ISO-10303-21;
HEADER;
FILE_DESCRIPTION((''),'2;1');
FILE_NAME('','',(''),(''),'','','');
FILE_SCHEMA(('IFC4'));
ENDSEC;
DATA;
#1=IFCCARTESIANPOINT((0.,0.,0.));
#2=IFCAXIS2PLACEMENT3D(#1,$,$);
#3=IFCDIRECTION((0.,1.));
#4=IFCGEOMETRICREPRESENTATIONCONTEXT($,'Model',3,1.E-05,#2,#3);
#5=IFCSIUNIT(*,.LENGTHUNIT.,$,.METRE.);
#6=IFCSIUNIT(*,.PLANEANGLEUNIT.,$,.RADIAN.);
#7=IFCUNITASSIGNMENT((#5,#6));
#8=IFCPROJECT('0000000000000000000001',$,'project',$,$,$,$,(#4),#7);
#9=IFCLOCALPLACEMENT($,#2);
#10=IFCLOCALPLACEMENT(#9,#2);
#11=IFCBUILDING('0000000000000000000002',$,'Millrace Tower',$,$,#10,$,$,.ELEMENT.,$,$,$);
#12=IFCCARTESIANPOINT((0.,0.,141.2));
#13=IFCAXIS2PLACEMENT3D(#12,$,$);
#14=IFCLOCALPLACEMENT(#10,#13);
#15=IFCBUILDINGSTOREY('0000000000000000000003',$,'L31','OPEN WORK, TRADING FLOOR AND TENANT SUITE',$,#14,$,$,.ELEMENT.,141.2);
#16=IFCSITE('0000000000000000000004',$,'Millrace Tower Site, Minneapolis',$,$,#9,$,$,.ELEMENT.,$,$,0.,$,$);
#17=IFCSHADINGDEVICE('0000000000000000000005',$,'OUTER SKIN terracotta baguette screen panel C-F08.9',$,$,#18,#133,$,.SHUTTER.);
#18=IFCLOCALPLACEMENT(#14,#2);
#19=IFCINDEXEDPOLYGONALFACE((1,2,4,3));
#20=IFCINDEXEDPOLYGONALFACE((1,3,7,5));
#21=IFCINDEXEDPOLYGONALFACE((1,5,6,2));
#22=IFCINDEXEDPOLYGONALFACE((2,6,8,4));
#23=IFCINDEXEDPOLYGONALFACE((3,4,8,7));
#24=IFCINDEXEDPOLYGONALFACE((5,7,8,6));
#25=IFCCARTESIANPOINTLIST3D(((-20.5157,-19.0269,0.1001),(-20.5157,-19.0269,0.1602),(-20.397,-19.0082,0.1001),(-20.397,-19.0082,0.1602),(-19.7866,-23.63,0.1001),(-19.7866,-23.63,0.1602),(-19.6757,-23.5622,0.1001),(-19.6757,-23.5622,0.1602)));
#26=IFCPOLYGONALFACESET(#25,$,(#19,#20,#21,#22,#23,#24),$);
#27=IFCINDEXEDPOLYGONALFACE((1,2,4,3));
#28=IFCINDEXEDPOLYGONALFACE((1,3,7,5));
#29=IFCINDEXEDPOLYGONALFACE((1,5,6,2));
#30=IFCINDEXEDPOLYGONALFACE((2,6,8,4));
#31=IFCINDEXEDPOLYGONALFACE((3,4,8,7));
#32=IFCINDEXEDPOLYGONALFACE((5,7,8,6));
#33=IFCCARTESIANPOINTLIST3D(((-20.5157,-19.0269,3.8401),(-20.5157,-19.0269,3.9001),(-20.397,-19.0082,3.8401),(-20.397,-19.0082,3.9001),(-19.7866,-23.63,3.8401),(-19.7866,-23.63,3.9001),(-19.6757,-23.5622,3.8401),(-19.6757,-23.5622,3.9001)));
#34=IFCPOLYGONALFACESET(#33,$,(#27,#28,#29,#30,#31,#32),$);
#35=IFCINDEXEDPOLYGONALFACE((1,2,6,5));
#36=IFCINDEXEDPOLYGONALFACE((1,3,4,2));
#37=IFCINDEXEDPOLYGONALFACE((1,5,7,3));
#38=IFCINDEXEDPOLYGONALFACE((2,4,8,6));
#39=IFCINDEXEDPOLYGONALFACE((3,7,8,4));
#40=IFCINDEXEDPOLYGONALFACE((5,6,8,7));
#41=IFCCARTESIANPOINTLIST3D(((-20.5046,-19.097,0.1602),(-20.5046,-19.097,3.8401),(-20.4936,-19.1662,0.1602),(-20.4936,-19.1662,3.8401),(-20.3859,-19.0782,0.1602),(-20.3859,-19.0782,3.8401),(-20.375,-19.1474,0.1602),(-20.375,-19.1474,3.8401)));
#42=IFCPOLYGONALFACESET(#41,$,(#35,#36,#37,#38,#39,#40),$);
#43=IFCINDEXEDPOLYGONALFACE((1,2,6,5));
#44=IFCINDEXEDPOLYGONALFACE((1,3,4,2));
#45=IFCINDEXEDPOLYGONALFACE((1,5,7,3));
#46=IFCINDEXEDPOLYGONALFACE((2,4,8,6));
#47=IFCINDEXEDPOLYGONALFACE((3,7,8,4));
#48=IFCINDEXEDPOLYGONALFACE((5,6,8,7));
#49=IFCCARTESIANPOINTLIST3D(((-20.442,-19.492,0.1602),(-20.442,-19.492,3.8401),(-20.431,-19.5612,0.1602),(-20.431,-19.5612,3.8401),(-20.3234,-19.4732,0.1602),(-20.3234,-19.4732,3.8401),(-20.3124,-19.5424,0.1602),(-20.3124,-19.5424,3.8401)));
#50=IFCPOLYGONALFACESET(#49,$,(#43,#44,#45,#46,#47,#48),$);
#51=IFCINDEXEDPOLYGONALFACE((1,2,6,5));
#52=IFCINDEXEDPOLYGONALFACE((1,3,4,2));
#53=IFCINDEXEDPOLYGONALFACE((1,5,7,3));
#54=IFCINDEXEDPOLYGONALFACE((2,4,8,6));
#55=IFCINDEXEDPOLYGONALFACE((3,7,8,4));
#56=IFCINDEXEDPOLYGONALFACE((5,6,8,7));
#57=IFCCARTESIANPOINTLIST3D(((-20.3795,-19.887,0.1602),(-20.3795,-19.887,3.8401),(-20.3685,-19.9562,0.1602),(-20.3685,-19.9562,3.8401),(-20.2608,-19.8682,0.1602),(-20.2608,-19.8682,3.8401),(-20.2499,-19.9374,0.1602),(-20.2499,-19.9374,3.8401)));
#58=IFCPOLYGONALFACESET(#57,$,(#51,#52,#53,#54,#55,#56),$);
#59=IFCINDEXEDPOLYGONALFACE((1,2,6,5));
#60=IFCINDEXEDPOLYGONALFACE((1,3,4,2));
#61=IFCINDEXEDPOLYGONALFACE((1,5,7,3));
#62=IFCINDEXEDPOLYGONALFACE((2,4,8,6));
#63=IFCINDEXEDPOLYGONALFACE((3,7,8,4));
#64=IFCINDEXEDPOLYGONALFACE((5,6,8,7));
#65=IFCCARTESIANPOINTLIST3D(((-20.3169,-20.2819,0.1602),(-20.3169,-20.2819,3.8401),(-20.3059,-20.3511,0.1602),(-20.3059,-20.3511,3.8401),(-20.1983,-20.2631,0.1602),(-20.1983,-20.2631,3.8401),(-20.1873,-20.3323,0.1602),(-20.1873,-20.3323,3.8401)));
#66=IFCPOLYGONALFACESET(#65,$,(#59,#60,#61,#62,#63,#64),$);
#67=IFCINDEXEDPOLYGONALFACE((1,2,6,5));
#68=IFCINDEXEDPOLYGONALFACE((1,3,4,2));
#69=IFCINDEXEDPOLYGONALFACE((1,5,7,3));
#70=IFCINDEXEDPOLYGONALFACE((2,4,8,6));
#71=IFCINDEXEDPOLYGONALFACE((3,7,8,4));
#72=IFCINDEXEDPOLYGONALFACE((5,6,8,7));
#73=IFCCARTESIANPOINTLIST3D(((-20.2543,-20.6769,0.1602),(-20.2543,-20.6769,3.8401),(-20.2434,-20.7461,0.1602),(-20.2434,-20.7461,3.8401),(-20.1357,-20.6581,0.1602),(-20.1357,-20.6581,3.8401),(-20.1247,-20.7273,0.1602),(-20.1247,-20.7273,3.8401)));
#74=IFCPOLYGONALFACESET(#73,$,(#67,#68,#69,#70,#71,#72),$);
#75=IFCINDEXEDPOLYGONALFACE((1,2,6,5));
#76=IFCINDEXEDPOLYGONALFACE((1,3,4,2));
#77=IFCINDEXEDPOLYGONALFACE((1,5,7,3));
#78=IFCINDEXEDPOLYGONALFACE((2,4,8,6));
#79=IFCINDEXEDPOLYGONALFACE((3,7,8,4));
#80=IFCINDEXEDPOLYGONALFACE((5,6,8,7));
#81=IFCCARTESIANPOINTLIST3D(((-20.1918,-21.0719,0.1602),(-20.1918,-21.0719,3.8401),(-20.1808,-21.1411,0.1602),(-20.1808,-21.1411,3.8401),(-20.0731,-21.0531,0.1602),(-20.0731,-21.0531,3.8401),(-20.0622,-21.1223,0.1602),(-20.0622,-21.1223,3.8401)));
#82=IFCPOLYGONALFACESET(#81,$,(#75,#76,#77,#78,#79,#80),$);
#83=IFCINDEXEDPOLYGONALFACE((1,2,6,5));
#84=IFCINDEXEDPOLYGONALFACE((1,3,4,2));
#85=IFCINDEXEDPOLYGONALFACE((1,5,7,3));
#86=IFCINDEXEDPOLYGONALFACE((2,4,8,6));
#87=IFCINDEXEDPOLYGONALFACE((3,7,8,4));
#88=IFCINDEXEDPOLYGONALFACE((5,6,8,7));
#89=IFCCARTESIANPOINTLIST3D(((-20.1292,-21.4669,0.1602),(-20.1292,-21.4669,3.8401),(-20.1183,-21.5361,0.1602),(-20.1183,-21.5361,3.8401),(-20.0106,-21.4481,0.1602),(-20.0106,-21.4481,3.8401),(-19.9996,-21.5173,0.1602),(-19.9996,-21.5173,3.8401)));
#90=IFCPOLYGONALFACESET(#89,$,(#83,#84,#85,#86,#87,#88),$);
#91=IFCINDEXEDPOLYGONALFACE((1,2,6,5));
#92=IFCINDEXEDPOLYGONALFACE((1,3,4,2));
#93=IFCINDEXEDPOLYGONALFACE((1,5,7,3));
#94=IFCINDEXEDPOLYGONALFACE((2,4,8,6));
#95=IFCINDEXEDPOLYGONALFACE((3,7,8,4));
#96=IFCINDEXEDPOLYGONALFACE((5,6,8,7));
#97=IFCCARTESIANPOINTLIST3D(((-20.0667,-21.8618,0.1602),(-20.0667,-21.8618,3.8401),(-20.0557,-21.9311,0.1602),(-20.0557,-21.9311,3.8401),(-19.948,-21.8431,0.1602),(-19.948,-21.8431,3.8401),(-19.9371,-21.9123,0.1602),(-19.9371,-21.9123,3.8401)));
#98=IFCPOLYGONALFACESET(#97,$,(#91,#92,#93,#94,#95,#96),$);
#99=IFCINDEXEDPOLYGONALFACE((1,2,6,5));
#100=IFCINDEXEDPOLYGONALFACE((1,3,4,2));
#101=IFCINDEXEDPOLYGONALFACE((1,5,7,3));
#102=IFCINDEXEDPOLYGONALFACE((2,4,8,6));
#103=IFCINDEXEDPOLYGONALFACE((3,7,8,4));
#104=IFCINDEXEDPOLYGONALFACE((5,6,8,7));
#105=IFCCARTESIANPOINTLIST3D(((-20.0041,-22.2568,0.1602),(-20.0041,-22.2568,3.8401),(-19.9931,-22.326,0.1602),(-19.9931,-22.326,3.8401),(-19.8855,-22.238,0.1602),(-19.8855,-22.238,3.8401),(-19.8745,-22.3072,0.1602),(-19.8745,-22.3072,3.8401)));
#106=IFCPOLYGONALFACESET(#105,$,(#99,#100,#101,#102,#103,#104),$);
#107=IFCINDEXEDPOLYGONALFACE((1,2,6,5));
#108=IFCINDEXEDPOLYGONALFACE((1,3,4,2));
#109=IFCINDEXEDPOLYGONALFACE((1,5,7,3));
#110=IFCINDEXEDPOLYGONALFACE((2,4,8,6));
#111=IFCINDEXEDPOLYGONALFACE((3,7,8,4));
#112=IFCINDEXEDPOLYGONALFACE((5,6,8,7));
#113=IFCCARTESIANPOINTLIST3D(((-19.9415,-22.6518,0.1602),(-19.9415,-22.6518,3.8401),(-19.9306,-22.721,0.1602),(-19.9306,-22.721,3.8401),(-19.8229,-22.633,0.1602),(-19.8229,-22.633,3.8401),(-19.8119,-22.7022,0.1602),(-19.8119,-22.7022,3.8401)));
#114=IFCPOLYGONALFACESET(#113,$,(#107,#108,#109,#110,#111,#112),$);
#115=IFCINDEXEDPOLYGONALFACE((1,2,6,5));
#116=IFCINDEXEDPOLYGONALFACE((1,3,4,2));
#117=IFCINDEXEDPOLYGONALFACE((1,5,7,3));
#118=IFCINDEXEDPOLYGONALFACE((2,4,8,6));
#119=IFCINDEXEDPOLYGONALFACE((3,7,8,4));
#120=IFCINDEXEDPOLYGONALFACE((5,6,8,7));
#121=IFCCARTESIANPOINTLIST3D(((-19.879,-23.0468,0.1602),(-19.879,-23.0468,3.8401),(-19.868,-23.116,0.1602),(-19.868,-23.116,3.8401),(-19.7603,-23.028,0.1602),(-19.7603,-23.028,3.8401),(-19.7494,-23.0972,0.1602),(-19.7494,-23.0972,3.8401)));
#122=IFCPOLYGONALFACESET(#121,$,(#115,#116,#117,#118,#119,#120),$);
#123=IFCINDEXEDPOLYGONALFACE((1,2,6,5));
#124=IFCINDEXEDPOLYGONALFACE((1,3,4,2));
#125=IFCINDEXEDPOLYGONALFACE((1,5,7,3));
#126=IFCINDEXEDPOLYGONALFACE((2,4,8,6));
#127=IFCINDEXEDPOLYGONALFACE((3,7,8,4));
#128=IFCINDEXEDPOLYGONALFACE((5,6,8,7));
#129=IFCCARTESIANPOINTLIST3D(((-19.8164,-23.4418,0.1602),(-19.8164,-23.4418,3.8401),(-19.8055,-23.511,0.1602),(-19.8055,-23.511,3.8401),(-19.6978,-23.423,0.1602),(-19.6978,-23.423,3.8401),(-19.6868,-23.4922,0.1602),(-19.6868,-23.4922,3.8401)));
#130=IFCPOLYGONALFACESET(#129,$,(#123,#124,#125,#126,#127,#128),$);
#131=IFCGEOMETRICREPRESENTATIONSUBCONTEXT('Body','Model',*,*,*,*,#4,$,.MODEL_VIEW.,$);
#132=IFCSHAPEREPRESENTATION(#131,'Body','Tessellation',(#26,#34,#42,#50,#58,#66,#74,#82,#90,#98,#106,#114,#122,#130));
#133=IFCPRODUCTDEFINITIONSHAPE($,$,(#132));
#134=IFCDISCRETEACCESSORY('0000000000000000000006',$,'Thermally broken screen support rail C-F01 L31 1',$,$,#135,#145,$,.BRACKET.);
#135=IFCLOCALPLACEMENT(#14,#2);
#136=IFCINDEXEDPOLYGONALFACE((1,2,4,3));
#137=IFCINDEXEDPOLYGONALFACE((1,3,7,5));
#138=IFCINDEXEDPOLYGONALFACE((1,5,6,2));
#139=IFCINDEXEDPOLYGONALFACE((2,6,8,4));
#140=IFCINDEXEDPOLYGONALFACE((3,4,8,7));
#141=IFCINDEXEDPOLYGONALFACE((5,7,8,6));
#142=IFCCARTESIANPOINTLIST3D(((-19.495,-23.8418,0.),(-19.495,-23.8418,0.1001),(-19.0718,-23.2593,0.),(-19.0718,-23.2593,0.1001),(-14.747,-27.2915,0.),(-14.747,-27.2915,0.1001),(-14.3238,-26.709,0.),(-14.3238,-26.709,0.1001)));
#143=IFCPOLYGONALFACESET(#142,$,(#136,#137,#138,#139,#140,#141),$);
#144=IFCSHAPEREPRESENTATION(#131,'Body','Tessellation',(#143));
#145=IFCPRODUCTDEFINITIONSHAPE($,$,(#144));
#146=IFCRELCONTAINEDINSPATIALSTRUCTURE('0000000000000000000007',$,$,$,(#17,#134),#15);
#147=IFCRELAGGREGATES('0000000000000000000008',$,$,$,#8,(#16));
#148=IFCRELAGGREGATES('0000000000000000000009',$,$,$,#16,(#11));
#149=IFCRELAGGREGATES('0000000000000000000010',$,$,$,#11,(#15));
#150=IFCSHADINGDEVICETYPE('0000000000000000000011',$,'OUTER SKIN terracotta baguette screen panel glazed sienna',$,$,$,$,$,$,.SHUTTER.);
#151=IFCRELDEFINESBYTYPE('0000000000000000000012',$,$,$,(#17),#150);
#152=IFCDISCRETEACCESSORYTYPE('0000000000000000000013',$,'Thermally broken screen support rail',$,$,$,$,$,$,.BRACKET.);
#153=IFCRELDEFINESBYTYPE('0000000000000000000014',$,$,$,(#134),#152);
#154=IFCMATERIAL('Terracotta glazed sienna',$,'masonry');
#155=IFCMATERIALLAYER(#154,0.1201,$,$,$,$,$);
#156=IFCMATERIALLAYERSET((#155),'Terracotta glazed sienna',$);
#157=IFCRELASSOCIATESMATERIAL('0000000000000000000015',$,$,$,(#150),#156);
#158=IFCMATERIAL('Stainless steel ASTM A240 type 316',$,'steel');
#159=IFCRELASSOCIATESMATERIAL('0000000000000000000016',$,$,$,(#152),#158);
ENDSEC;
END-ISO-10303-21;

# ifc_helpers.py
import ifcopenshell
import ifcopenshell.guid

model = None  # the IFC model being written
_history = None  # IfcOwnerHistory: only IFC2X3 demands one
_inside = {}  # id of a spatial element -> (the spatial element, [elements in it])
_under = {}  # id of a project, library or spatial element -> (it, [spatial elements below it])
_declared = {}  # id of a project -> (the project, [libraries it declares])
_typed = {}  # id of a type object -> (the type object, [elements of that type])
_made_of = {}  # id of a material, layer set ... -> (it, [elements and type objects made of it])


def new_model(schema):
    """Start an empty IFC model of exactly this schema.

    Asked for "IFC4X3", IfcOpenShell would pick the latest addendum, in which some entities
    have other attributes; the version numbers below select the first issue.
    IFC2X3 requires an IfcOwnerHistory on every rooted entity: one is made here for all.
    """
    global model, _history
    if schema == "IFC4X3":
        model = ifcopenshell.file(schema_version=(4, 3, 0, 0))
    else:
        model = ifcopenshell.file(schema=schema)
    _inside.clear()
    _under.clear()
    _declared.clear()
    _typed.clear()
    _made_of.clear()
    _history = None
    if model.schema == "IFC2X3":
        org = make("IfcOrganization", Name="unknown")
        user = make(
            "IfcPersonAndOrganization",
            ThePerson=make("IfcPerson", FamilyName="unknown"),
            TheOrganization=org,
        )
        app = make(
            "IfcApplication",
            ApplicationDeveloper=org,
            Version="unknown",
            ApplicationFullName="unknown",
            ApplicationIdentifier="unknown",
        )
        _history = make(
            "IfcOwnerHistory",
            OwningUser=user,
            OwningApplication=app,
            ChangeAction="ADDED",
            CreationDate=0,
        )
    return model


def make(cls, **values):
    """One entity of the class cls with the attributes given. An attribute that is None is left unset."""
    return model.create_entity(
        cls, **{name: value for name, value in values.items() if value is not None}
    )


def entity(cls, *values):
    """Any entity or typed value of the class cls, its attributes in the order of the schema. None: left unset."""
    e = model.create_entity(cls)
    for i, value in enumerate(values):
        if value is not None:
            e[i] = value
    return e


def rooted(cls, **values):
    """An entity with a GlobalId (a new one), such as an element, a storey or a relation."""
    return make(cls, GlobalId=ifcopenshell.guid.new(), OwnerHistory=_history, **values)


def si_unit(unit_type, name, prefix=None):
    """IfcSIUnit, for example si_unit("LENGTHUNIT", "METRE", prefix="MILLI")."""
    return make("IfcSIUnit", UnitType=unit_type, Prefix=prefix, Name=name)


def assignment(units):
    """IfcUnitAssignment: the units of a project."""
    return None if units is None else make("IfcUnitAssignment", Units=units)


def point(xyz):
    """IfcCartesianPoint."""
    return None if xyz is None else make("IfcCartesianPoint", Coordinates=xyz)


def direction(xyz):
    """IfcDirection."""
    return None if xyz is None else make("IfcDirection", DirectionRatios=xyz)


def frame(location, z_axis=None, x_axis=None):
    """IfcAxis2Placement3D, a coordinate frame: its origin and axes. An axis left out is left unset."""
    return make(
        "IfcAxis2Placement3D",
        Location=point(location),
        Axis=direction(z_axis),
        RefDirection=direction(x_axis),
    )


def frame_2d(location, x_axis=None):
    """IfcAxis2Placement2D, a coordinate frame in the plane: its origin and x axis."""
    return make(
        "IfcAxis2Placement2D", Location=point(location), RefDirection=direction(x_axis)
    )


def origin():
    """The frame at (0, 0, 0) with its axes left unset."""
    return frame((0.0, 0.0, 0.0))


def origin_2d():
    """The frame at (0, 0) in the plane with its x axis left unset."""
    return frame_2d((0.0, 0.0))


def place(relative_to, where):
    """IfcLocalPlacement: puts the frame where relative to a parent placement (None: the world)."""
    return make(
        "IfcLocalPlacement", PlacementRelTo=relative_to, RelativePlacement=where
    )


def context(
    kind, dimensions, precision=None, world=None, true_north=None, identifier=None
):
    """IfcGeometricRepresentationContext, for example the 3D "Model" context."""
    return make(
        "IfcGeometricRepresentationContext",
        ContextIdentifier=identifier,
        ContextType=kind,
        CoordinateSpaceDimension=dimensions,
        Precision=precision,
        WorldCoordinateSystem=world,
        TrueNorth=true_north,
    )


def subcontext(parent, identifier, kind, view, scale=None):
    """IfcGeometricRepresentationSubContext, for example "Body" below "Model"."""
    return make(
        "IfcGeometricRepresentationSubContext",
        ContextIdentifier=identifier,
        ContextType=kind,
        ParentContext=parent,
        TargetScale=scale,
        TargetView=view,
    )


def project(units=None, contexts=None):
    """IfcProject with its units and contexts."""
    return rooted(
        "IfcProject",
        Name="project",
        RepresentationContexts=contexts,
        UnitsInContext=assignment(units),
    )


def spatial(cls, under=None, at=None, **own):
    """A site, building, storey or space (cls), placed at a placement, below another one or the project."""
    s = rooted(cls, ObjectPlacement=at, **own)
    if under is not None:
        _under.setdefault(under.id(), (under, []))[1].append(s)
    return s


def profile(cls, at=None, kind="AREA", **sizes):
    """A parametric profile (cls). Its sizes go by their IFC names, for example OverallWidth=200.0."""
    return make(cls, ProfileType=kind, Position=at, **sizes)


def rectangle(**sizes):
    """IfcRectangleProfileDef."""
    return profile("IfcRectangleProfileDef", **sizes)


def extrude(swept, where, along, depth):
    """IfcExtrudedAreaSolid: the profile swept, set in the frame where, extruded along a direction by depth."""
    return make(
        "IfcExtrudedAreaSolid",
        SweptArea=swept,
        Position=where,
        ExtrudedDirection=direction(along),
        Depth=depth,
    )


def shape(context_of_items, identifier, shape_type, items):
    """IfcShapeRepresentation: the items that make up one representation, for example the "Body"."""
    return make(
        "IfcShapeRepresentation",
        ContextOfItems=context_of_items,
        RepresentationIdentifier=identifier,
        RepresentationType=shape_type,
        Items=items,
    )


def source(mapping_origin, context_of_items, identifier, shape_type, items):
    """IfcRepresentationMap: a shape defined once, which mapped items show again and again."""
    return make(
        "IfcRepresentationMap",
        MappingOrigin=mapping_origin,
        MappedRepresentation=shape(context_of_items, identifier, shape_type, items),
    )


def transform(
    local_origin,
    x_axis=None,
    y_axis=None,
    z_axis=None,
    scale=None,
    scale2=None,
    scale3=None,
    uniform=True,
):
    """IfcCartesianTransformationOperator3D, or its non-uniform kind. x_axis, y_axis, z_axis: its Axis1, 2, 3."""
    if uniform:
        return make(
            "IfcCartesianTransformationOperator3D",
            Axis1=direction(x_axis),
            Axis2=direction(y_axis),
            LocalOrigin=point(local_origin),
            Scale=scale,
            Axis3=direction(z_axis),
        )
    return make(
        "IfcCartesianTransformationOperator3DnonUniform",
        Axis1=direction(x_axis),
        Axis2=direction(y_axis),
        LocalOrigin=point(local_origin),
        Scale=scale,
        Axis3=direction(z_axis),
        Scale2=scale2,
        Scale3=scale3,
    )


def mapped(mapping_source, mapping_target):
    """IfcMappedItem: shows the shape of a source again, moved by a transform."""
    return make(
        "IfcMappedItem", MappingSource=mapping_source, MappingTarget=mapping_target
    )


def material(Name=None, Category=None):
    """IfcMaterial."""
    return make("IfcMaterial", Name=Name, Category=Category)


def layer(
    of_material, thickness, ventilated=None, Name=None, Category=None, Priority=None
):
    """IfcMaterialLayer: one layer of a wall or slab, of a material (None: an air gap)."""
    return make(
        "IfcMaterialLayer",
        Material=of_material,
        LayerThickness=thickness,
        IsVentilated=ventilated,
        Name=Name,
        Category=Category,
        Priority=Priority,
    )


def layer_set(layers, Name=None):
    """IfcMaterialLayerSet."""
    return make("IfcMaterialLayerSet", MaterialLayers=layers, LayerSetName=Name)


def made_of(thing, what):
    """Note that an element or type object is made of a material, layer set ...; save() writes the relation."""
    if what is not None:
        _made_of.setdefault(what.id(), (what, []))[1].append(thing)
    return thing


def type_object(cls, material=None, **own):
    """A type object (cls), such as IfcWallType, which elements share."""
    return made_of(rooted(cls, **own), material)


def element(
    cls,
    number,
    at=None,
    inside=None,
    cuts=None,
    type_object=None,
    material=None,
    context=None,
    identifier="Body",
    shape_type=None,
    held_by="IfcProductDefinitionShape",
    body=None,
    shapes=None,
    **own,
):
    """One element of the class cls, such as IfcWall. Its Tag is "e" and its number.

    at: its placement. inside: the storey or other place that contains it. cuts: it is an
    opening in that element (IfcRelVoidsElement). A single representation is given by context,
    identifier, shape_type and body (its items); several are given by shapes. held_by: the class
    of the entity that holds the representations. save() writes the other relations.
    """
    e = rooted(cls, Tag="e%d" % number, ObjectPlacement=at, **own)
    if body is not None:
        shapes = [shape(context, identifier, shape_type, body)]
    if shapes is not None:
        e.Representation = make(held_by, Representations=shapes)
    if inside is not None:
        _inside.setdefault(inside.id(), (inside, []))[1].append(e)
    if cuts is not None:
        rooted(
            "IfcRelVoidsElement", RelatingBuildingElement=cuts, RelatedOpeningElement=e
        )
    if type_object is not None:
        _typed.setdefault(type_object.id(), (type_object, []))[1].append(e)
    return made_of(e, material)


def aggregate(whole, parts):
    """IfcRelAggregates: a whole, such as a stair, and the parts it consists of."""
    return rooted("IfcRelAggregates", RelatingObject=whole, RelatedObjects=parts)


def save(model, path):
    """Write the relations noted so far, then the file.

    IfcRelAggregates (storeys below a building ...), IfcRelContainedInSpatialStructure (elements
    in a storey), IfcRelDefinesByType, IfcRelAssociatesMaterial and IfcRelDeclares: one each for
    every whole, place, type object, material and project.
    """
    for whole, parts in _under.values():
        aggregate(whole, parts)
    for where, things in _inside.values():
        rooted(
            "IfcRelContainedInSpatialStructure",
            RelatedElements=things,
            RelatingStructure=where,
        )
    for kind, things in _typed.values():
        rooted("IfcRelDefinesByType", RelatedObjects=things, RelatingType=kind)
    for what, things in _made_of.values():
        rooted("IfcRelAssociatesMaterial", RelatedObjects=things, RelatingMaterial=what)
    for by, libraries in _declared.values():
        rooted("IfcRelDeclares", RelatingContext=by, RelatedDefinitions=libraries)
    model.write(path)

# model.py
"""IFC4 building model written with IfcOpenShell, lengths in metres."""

from ifc_helpers import new_model, entity, si_unit, direction, frame, frame_2d, origin, origin_2d, place, context, subcontext, project, spatial, rectangle, extrude, source, transform, mapped, material, layer, layer_set, type_object, element, save


model = new_model("IFC4")

# Units and contexts
model_context = context("Model", 3, precision=1e-05, world=origin(), true_north=direction((0.0, 1.0)))
body_context = subcontext(model_context, "Body", "Model", "MODEL_VIEW")
ifc_project = project(units=[si_unit("LENGTHUNIT", "METRE"), si_unit("PLANEANGLEUNIT", "RADIAN")], contexts=[model_context])

# Site, building, storey
site_placement = place(None, origin())
site = spatial("IfcSite", under=ifc_project, at=site_placement, Name="Millrace Tower Site, Minneapolis", CompositionType="ELEMENT", RefElevation=0.0)
building_placement = place(site_placement, origin())
building = spatial("IfcBuilding", under=site, at=building_placement, Name="Millrace Tower", CompositionType="ELEMENT")
storey_placement = place(building_placement, frame((0.0, 0.0, 141.2)))
storey = spatial("IfcBuildingStorey", under=building, at=storey_placement, Name="L31", Description="OPEN WORK, TRADING FLOOR AND TENANT SUITE", CompositionType="ELEMENT", Elevation=141.2)

# Shading device
ifc_material_1 = material(Name="Terracotta glazed sienna", Category="masonry")
ifc_layer_1 = layer(ifc_material_1, 0.1201)
ifc_layer_set_1 = layer_set([ifc_layer_1], Name="Terracotta glazed sienna")
shading_device_type = type_object("IfcShadingDeviceType", Name="OUTER SKIN terracotta baguette screen panel glazed sienna", PredefinedType="SHUTTER", material=ifc_layer_set_1)
cartesian_point_1 = entity("IfcCartesianPoint", [-2.3179, 0.0601])
shared_polyline_1 = entity("IfcPolyline", [cartesian_point_1, entity("IfcCartesianPoint", [2.293, 0.0601]), entity("IfcCartesianPoint", [2.3425, -0.0601]), entity("IfcCartesianPoint", [-2.3179, -0.0601]), cartesian_point_1])
shared_shape_1 = source(origin(), body_context, "Body", "SweptSolid", [
    entity("IfcExtrudedAreaSolid", entity("IfcArbitraryClosedProfileDef", "AREA", None, shared_polyline_1), entity("IfcAxis2Placement3D", entity("IfcCartesianPoint", [0.0, 0.0, 0.0])), entity("IfcDirection", [0.0, 0.0, 1.0]), 0.0601),
    entity("IfcExtrudedAreaSolid", entity("IfcArbitraryClosedProfileDef", "AREA", None, shared_polyline_1), entity("IfcAxis2Placement3D", entity("IfcCartesianPoint", [0.0, 0.0, 3.74])), entity("IfcDirection", [0.0, 0.0, 1.0]), 0.0601),
    extrude(rectangle(XDim=0.0701, YDim=0.1201, at=frame_2d((-2.2119, 0.0))), frame((0.0, 0.0, 0.0601)), (0.0, 0.0, 1.0), 3.6799),
    extrude(rectangle(XDim=0.0701, YDim=0.1201, at=frame_2d((-1.812, 0.0))), frame((0.0, 0.0, 0.0601)), (0.0, 0.0, 1.0), 3.6799),
    extrude(rectangle(XDim=0.0701, YDim=0.1201, at=frame_2d((-1.4121, 0.0))), frame((0.0, 0.0, 0.0601)), (0.0, 0.0, 1.0), 3.6799),
    extrude(rectangle(XDim=0.0701, YDim=0.1201, at=frame_2d((-1.0122, 0.0))), frame((0.0, 0.0, 0.0601)), (0.0, 0.0, 1.0), 3.6799),
    extrude(rectangle(XDim=0.0701, YDim=0.1201, at=frame_2d((-0.6123, 0.0))), frame((0.0, 0.0, 0.0601)), (0.0, 0.0, 1.0), 3.6799),
    extrude(rectangle(XDim=0.0701, YDim=0.1201, at=frame_2d((-0.2124, 0.0))), frame((0.0, 0.0, 0.0601)), (0.0, 0.0, 1.0), 3.6799),
    extrude(rectangle(XDim=0.0701, YDim=0.1201, at=frame_2d((0.1875, 0.0))), frame((0.0, 0.0, 0.0601)), (0.0, 0.0, 1.0), 3.6799),
    extrude(rectangle(XDim=0.0701, YDim=0.1201, at=frame_2d((0.5874, 0.0))), frame((0.0, 0.0, 0.0601)), (0.0, 0.0, 1.0), 3.6799),
    extrude(rectangle(XDim=0.0701, YDim=0.1201, at=frame_2d((0.9873, 0.0))), frame((0.0, 0.0, 0.0601)), (0.0, 0.0, 1.0), 3.6799),
    extrude(rectangle(XDim=0.0701, YDim=0.1201, at=frame_2d((1.3872, 0.0))), frame((0.0, 0.0, 0.0601)), (0.0, 0.0, 1.0), 3.6799),
    extrude(rectangle(XDim=0.0701, YDim=0.1201, at=frame_2d((1.7871, 0.0))), frame((0.0, 0.0, 0.0601)), (0.0, 0.0, 1.0), 3.6799),
    extrude(rectangle(XDim=0.0701, YDim=0.1201, at=frame_2d((2.187, 0.0))), frame((0.0, 0.0, 0.0601)), (0.0, 0.0, 1.0), 3.6799),
])
shading_device_1_placement = place(storey_placement, frame((-20.0938, -21.3069, 0.1001), z_axis=(0.0, 0.0, 1.0), x_axis=(0.156434, -0.987688, 0.0)))
element("IfcShadingDevice", 1, at=shading_device_1_placement, inside=storey, type_object=shading_device_type, Name="OUTER SKIN terracotta baguette screen panel C-F08.9", PredefinedType="SHUTTER", context=body_context, shape_type="MappedRepresentation", body=[
    mapped(shared_shape_1, transform((0.0, 0.0, 0.0), scale=1.0)),
])

# Discrete accessory
ifc_material_2 = material(Name="Stainless steel ASTM A240 type 316", Category="steel")
discrete_accessory_type = type_object("IfcDiscreteAccessoryType", Name="Thermally broken screen support rail", PredefinedType="BRACKET", material=ifc_material_2)
discrete_accessory_placement = place(storey_placement, frame((-16.9094, -25.2754, 0.0), z_axis=(0.0, 0.0, 1.0), x_axis=(0.809017, -0.587785, 0.0)))
element("IfcDiscreteAccessory", 2, at=discrete_accessory_placement, inside=storey, type_object=discrete_accessory_type, Name="Thermally broken screen support rail C-F01 L31 1", PredefinedType="BRACKET", context=body_context, shape_type="SweptSolid", body=[
    extrude(rectangle(XDim=5.8689, YDim=0.72, at=origin_2d()), origin(), (0.0, 0.0, 1.0), 0.1001),
])

save(model, "model.ifc")
